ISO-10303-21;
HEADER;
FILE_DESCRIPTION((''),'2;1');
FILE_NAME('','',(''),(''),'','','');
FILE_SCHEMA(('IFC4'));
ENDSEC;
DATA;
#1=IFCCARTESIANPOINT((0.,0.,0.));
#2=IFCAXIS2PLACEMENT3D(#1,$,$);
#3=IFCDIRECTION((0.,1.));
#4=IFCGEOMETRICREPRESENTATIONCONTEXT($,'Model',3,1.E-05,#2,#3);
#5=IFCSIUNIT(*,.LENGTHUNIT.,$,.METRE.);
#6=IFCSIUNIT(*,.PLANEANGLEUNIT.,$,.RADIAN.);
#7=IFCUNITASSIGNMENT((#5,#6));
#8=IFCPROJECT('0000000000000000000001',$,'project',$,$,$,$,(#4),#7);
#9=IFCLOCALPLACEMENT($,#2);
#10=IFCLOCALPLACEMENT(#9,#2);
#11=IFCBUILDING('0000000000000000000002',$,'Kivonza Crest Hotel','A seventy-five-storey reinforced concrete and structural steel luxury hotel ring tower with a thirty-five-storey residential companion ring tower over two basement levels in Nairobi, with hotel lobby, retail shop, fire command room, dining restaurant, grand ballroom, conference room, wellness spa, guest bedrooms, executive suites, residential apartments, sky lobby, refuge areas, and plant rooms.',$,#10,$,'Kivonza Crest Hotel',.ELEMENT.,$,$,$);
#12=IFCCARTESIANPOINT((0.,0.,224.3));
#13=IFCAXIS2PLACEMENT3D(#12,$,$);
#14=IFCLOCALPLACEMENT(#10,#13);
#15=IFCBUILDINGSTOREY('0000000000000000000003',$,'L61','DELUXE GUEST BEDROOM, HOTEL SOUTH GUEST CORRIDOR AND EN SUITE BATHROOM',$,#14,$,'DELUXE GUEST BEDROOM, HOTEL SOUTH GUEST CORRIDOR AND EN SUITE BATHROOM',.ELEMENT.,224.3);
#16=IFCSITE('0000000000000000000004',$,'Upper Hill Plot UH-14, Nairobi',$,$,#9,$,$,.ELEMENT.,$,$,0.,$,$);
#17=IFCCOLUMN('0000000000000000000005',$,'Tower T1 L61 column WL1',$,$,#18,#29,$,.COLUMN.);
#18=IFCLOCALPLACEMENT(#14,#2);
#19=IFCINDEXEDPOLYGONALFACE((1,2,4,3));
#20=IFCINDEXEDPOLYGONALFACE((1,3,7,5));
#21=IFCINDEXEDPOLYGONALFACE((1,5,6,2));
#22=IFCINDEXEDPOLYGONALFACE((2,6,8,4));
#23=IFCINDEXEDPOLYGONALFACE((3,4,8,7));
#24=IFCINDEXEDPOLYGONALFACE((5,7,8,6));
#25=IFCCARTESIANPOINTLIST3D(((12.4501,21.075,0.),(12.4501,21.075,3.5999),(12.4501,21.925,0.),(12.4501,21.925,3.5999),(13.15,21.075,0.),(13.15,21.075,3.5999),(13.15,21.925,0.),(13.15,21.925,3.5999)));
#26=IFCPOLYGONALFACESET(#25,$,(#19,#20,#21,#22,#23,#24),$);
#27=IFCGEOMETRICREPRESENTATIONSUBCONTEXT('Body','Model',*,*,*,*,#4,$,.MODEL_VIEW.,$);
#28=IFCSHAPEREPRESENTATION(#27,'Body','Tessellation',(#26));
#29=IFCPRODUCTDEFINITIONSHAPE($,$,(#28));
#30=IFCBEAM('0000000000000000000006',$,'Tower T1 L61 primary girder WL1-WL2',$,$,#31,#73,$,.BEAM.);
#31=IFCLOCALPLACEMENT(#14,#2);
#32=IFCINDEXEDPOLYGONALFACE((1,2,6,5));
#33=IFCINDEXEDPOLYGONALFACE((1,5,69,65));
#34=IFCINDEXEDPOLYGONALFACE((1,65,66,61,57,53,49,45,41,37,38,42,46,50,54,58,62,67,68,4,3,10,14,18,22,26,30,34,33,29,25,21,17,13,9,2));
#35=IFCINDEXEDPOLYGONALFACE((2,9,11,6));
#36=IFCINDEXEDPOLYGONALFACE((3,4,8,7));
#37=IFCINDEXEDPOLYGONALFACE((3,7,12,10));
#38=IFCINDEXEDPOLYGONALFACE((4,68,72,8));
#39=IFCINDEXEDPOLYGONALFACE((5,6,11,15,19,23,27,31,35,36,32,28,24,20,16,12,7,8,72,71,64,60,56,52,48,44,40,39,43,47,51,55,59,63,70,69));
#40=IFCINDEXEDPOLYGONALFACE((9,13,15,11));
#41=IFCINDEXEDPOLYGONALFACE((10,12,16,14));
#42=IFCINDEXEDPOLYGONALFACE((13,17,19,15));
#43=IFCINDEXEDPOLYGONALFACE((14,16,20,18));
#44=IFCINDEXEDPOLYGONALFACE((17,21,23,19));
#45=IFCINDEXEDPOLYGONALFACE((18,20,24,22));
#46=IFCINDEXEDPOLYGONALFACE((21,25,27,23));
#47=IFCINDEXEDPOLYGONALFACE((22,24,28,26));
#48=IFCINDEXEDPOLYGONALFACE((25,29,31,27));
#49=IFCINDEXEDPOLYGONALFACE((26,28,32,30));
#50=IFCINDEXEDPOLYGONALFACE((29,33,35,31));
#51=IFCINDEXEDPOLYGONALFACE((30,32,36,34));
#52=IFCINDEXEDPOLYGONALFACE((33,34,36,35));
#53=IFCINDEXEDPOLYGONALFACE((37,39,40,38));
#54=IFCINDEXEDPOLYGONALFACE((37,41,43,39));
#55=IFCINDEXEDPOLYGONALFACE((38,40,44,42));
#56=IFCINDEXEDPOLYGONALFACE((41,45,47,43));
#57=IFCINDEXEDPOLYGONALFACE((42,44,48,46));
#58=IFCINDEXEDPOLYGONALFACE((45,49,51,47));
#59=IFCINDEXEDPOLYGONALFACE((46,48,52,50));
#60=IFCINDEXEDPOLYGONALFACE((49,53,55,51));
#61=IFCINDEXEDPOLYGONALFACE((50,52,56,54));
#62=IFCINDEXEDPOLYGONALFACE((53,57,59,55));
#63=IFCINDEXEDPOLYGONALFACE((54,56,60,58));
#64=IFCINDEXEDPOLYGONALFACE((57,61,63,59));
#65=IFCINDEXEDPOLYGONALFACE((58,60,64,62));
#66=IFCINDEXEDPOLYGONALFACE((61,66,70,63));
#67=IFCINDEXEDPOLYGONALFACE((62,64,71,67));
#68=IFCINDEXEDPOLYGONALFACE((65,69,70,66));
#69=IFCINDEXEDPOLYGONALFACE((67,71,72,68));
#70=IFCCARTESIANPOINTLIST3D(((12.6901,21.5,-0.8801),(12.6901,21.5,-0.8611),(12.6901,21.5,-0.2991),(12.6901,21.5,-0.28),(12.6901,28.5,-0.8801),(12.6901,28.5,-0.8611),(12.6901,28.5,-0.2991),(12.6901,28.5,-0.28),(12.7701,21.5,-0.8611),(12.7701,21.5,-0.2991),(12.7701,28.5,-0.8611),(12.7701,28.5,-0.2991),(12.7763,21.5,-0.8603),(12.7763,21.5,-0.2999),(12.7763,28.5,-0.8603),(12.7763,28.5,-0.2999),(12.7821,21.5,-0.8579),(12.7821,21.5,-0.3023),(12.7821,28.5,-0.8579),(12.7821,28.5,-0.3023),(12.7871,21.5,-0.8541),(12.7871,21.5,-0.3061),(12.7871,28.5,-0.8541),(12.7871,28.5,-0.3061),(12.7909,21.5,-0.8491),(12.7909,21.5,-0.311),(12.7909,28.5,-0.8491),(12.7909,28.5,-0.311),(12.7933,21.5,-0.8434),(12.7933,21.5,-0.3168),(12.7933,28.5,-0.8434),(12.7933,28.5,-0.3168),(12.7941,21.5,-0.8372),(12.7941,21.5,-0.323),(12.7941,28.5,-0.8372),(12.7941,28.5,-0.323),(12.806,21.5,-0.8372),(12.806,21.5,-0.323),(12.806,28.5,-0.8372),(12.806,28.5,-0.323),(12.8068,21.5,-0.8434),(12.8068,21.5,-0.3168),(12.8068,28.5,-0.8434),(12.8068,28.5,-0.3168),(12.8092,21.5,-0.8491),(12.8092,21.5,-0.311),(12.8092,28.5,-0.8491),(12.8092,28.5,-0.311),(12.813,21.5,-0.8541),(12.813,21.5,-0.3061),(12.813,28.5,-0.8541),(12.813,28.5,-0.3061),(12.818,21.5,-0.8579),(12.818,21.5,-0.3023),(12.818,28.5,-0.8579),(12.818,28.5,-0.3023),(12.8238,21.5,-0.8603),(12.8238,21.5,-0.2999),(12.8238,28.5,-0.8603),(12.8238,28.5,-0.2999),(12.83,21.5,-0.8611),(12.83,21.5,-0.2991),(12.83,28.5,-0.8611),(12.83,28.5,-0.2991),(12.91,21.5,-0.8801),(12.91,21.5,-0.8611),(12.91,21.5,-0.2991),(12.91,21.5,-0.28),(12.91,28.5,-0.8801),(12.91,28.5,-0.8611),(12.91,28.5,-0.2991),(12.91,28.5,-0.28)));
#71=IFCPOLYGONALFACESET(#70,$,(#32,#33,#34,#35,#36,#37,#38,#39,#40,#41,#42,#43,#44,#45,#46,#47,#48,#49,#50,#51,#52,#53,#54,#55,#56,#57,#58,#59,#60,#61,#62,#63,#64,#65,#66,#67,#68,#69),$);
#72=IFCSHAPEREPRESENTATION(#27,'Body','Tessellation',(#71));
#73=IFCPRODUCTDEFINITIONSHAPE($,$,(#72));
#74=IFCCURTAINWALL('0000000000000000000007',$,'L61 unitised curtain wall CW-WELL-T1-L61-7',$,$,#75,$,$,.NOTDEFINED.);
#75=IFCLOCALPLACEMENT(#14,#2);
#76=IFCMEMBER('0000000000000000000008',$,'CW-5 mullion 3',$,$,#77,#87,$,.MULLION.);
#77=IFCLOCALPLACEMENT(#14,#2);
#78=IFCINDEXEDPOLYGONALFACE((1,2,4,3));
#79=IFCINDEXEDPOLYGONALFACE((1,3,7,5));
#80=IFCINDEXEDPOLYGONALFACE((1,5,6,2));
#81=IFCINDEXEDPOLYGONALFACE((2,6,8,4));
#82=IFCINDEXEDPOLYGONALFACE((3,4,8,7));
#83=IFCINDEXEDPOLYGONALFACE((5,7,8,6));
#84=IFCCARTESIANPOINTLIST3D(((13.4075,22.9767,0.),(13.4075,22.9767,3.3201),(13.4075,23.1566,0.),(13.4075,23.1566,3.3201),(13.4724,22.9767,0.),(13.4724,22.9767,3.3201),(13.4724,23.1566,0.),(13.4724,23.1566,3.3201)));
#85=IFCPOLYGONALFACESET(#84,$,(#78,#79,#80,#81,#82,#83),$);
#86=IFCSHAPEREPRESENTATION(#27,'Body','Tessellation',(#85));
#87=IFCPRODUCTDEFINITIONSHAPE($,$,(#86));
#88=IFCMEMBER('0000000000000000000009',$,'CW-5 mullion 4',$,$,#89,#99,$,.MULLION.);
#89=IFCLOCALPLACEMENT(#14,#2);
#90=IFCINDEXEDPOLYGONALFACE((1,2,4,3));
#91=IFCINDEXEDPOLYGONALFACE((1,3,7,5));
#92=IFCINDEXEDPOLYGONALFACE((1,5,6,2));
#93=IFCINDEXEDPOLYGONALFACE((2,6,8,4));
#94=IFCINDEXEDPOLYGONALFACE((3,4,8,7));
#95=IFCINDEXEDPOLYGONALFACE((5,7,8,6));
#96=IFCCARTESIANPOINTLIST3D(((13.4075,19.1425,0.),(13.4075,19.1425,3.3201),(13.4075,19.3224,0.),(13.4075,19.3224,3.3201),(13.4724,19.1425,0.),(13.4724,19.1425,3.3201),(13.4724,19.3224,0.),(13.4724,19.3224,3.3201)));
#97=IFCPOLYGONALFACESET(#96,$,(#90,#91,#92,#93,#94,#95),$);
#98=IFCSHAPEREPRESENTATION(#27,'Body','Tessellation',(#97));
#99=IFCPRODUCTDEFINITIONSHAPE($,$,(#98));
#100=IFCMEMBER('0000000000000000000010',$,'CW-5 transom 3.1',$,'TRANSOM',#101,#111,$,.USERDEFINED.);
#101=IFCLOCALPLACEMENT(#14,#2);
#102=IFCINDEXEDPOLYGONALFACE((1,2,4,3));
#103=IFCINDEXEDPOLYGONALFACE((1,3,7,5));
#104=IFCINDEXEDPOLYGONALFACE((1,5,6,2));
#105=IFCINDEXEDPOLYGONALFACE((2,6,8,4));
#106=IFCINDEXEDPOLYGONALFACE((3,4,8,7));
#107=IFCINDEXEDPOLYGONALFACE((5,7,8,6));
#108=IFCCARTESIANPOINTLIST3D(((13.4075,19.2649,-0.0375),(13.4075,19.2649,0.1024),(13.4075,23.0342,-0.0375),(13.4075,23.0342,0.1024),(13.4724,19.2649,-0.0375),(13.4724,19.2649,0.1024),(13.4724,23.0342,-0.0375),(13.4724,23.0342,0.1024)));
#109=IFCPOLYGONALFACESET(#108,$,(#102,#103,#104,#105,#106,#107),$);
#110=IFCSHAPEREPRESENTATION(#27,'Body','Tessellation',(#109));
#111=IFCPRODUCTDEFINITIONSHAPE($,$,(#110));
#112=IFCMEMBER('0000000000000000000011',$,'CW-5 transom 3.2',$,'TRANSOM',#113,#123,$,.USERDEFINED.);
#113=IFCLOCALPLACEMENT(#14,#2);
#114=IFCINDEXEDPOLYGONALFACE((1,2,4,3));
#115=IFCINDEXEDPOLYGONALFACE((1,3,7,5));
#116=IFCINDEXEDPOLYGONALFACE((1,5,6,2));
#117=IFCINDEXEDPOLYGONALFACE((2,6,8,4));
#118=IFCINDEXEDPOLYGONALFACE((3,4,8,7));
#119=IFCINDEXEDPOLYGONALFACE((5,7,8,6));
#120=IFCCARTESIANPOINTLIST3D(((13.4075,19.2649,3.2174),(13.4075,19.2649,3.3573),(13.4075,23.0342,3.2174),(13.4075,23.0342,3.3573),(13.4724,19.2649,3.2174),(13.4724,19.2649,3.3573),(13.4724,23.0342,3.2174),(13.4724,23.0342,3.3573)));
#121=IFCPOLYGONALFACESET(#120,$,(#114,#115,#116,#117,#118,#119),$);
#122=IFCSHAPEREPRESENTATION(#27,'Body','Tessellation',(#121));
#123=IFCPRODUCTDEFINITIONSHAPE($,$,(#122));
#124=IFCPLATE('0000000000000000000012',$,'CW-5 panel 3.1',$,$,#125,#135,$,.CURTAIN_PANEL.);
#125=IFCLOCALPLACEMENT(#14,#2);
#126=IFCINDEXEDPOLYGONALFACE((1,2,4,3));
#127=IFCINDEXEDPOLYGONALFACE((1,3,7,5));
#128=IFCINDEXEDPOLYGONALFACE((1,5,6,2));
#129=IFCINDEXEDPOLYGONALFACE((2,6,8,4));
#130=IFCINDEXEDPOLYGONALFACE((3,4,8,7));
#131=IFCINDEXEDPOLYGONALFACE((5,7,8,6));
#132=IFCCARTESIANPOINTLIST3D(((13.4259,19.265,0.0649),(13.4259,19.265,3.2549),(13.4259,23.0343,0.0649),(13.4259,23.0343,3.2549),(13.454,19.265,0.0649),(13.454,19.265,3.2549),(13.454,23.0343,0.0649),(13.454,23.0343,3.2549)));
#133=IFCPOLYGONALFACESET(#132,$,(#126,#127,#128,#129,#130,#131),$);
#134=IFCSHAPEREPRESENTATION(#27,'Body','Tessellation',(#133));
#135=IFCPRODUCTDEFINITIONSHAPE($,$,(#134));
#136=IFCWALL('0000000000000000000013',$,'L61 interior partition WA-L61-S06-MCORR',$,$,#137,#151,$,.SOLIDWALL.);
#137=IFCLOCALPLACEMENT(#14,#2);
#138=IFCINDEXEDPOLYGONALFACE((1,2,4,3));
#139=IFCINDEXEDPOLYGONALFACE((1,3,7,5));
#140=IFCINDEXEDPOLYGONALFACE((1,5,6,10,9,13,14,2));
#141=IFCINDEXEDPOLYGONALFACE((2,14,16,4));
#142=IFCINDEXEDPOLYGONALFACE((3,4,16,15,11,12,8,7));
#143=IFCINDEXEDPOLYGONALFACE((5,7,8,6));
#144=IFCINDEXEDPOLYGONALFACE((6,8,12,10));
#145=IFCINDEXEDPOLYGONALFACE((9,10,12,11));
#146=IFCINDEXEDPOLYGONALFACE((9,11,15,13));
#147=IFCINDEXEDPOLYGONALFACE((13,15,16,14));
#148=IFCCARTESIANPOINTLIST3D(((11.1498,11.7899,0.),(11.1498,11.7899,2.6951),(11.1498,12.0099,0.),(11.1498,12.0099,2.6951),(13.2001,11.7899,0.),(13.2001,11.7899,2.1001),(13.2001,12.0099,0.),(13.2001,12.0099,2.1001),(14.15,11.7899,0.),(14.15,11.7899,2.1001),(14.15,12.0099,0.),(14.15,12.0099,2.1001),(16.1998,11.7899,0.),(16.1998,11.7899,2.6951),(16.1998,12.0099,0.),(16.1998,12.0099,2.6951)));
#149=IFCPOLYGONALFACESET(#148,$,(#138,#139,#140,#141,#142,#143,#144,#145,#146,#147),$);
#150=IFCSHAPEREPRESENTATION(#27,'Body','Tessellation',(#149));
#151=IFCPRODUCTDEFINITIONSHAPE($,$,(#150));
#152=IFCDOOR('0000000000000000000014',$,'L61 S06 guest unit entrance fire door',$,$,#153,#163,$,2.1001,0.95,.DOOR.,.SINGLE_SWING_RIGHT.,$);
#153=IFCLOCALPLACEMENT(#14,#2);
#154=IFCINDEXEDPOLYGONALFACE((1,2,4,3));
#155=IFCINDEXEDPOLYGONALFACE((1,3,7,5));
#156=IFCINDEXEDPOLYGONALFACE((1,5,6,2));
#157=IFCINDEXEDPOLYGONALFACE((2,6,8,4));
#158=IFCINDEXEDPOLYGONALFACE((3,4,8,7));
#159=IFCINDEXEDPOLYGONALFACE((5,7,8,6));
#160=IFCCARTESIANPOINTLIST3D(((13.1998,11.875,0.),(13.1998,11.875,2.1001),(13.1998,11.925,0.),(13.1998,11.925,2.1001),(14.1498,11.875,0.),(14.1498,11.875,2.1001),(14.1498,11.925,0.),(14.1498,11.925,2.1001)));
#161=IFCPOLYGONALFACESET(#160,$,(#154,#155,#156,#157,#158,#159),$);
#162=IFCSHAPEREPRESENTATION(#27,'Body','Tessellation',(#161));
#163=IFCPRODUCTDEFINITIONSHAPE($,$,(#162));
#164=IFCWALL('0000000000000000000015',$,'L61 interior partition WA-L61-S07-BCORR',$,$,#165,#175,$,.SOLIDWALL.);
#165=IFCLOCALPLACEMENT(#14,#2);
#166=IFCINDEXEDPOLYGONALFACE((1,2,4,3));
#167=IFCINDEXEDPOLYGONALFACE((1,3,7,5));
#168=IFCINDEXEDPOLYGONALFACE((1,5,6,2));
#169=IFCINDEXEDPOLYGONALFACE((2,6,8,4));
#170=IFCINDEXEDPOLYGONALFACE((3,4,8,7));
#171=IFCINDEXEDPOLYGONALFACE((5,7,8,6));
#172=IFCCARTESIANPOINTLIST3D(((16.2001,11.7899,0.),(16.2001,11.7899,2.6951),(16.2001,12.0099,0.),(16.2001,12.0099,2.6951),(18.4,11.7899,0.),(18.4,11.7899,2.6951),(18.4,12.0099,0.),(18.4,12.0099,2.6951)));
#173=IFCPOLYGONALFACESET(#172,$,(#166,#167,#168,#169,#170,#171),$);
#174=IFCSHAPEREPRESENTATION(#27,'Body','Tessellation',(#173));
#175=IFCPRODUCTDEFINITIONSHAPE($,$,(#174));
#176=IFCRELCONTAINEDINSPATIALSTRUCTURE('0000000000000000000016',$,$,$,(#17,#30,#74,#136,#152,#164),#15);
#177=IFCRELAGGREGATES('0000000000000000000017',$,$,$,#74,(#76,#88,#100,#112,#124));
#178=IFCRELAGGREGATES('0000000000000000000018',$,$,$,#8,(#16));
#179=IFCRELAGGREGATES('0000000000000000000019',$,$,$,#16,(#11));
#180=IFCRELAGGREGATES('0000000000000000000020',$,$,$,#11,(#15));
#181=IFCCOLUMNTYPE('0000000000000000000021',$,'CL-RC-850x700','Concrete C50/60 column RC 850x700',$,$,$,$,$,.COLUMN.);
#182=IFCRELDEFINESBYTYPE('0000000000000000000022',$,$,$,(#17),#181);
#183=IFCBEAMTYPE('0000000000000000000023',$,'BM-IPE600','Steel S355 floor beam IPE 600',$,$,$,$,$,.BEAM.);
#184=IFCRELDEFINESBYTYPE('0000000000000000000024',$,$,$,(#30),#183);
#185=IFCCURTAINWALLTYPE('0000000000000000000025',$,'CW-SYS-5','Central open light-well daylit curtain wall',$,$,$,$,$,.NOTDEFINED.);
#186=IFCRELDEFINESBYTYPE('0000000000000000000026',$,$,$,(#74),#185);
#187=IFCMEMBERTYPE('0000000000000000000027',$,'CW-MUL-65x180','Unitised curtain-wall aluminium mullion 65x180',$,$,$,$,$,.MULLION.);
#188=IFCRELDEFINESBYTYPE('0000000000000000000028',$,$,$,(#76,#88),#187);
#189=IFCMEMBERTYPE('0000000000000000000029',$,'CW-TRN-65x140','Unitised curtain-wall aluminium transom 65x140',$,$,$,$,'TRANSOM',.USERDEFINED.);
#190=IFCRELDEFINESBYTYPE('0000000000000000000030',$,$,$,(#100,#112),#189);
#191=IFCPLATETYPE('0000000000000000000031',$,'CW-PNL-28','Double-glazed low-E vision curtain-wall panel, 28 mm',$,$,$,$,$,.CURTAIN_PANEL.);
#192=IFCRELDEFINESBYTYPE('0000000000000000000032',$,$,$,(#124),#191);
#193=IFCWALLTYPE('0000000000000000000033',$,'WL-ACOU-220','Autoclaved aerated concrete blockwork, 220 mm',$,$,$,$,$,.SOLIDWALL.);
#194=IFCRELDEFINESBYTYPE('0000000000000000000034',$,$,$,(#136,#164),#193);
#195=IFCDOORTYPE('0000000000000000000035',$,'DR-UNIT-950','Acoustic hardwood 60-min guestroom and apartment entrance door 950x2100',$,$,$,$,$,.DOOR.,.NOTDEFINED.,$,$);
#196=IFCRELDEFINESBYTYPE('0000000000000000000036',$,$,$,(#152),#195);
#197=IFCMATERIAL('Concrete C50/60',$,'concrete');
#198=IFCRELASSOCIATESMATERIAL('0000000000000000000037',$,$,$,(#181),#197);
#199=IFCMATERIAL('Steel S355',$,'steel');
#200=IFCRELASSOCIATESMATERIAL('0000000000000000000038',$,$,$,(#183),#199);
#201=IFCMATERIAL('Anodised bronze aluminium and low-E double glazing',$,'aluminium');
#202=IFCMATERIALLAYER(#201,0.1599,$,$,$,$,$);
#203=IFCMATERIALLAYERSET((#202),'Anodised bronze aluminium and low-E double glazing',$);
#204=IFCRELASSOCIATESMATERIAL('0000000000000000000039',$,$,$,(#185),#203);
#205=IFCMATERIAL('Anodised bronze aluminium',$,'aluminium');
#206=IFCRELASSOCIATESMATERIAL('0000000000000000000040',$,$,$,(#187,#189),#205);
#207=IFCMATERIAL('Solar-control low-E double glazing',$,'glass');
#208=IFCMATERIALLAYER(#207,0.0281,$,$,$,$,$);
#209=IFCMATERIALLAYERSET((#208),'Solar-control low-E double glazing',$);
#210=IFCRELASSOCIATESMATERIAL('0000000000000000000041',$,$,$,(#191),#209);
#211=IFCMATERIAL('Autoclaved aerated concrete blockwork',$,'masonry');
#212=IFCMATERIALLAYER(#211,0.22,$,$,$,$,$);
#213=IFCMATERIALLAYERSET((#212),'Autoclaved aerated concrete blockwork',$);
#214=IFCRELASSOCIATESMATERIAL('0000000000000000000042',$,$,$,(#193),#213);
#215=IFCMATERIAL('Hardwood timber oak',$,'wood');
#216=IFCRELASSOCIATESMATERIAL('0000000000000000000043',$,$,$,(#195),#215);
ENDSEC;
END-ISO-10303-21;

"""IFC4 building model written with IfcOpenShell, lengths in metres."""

from ifc_helpers import new_model, si_unit, direction, frame, frame_2d, origin, origin_2d, place, context, subcontext, project, spatial, rectangle, i_section, extrude, material, layer, layer_set, material_profile, profile_set, type_object, element, fill, aggregate, save


model = new_model("IFC4")

# Units and contexts
model_context = context("Model", 3, precision=1e-05, world=origin(), true_north=direction((0.0, 1.0)))
body_context = subcontext(model_context, "Body", "Model", "MODEL_VIEW")
ifc_project = project(units=[si_unit("LENGTHUNIT", "METRE"), si_unit("PLANEANGLEUNIT", "RADIAN")], contexts=[model_context])

# Site, building, storey
site_placement = place(None, origin())
site = spatial("IfcSite", under=ifc_project, at=site_placement, Name="Upper Hill Plot UH-14, Nairobi", CompositionType="ELEMENT", RefElevation=0.0)
building_placement = place(site_placement, origin())
building = spatial("IfcBuilding", under=site, at=building_placement, Name="Kivonza Crest Hotel", Description="A seventy-five-storey reinforced concrete and structural steel luxury hotel ring tower with a thirty-five-storey residential companion ring tower over two basement levels in Nairobi, with hotel lobby, retail shop, fire command room, dining restaurant, grand ballroom, conference room, wellness spa, guest bedrooms, executive suites, residential apartments, sky lobby, refuge areas, and plant rooms.", LongName="Kivonza Crest Hotel", CompositionType="ELEMENT")
storey_placement = place(building_placement, frame((0.0, 0.0, 224.3)))
storey = spatial("IfcBuildingStorey", under=building, at=storey_placement, Name="L61", Description="DELUXE GUEST BEDROOM, HOTEL SOUTH GUEST CORRIDOR AND EN SUITE BATHROOM", LongName="DELUXE GUEST BEDROOM, HOTEL SOUTH GUEST CORRIDOR AND EN SUITE BATHROOM", CompositionType="ELEMENT", Elevation=224.3)

# Column
ifc_material_1 = material(Name="Concrete C50/60", Category="concrete")
ifc_material_profile_1 = material_profile(ifc_material_1, rectangle(XDim=0.7, YDim=0.8501, at=origin_2d()), Name="RC 850x700")
ifc_profile_set_1 = profile_set([ifc_material_profile_1], Name="Concrete C50/60")
column_type = type_object("IfcColumnType", Name="CL-RC-850x700", Description="Concrete C50/60 column RC 850x700", PredefinedType="COLUMN", material=ifc_profile_set_1)
column_placement = place(storey_placement, frame((12.8, 21.5, 0.0), z_axis=(0.0, 0.0, 1.0), x_axis=(1.0, 0.0, 0.0)))
element("IfcColumn", 1, at=column_placement, inside=storey, type_object=column_type, Name="Tower T1 L61 column WL1", PredefinedType="COLUMN", context=body_context, shape_type="SweptSolid", body=[
    extrude(rectangle(XDim=0.7, YDim=0.8501, at=origin_2d()), origin(), (0.0, 0.0, 1.0), 3.5999),
])

# Beam
ifc_material_2 = material(Name="Steel S355", Category="steel")
ifc_material_profile_2 = material_profile(ifc_material_2, i_section(OverallWidth=0.22, OverallDepth=0.6001, WebThickness=0.012, FlangeThickness=0.019, FilletRadius=0.0239, at=origin_2d()), Name="IPE 600")
ifc_profile_set_2 = profile_set([ifc_material_profile_2], Name="Steel S355")
beam_type = type_object("IfcBeamType", Name="BM-IPE600", Description="Steel S355 floor beam IPE 600", PredefinedType="BEAM", material=ifc_profile_set_2)
beam_placement = place(storey_placement, frame((12.8, 21.5, -0.5801), z_axis=(0.0, 1.0, 0.0), x_axis=(-1.0, 0.0, 0.0)))
element("IfcBeam", 2, at=beam_placement, inside=storey, type_object=beam_type, Name="Tower T1 L61 primary girder WL1-WL2", PredefinedType="BEAM", context=body_context, shape_type="SweptSolid", body=[
    extrude(i_section(OverallWidth=0.22, OverallDepth=0.6001, WebThickness=0.012, FlangeThickness=0.019, FilletRadius=0.0239, at=origin_2d()), origin(), (0.0, 0.0, 1.0), 7.0),
])

# Curtain wall, members, plate
ifc_material_3 = material(Name="Anodised bronze aluminium and low-E double glazing", Category="aluminium")
ifc_layer_1 = layer(ifc_material_3, 0.1599)
ifc_layer_set_1 = layer_set([ifc_layer_1], Name="Anodised bronze aluminium and low-E double glazing")
curtain_wall_type = type_object("IfcCurtainWallType", Name="CW-SYS-5", Description="Central open light-well daylit curtain wall", PredefinedType="NOTDEFINED", material=ifc_layer_set_1)
curtain_wall_placement = place(storey_placement, origin())
curtain_wall = element("IfcCurtainWall", 3, at=curtain_wall_placement, inside=storey, type_object=curtain_wall_type, Name="L61 unitised curtain wall CW-WELL-T1-L61-7", PredefinedType="NOTDEFINED")
ifc_material_4 = material(Name="Anodised bronze aluminium", Category="aluminium")
ifc_material_profile_3 = material_profile(ifc_material_4, rectangle(XDim=0.0649, YDim=0.1799, at=origin_2d()), Name="CW-M 65x180")
ifc_profile_set_3 = profile_set([ifc_material_profile_3], Name="Anodised bronze aluminium")
member_type_1 = type_object("IfcMemberType", Name="CW-MUL-65x180", Description="Unitised curtain-wall aluminium mullion 65x180", PredefinedType="MULLION", material=ifc_profile_set_3)
member_1_placement = place(storey_placement, frame((13.4399, 23.0667, 0.0), z_axis=(0.0, 0.0, 1.0), x_axis=(1.0, 0.0, 0.0)))
member_1 = element("IfcMember", 4, at=member_1_placement, type_object=member_type_1, Name="CW-5 mullion 3", PredefinedType="MULLION", context=body_context, shape_type="SweptSolid", body=[
    extrude(rectangle(XDim=0.0649, YDim=0.1799, at=origin_2d()), origin(), (0.0, 0.0, 1.0), 3.3201),
])
member_2_placement = place(storey_placement, frame((13.4399, 19.2324, 0.0), z_axis=(0.0, 0.0, 1.0), x_axis=(1.0, 0.0, 0.0)))
member_2 = element("IfcMember", 5, at=member_2_placement, type_object=member_type_1, Name="CW-5 mullion 4", PredefinedType="MULLION", context=body_context, shape_type="SweptSolid", body=[
    extrude(rectangle(XDim=0.0649, YDim=0.1799, at=origin_2d()), origin(), (0.0, 0.0, 1.0), 3.3201),
])
ifc_material_profile_4 = material_profile(ifc_material_4, rectangle(XDim=0.0649, YDim=0.1399, at=origin_2d()), Name="CW-T 65x140")
ifc_profile_set_4 = profile_set([ifc_material_profile_4], Name="Anodised bronze aluminium")
member_type_2 = type_object("IfcMemberType", Name="CW-TRN-65x140", Description="Unitised curtain-wall aluminium transom 65x140", ElementType="TRANSOM", PredefinedType="USERDEFINED", material=ifc_profile_set_4)
member_3_placement = place(storey_placement, frame((13.4399, 23.0342, 0.0325), z_axis=(0.0, -1.0, 0.0), x_axis=(1.0, 0.0, 0.0)))
member_3 = element("IfcMember", 6, at=member_3_placement, type_object=member_type_2, Name="CW-5 transom 3.1", ObjectType="TRANSOM", PredefinedType="USERDEFINED", context=body_context, shape_type="SweptSolid", body=[
    extrude(rectangle(XDim=0.0649, YDim=0.1399, at=origin_2d()), origin(), (0.0, 0.0, 1.0), 3.7693),
])
member_4_placement = place(storey_placement, frame((13.4399, 23.0342, 3.2874), z_axis=(0.0, -1.0, 0.0), x_axis=(1.0, 0.0, 0.0)))
member_4 = element("IfcMember", 7, at=member_4_placement, type_object=member_type_2, Name="CW-5 transom 3.2", ObjectType="TRANSOM", PredefinedType="USERDEFINED", context=body_context, shape_type="SweptSolid", body=[
    extrude(rectangle(XDim=0.0649, YDim=0.1399, at=origin_2d()), origin(), (0.0, 0.0, 1.0), 3.7693),
])
ifc_material_5 = material(Name="Solar-control low-E double glazing", Category="glass")
ifc_layer_2 = layer(ifc_material_5, 0.0281)
ifc_layer_set_2 = layer_set([ifc_layer_2], Name="Solar-control low-E double glazing")
plate_type = type_object("IfcPlateType", Name="CW-PNL-28", Description="Double-glazed low-E vision curtain-wall panel, 28 mm", PredefinedType="CURTAIN_PANEL", material=ifc_layer_set_2)
plate_placement = place(storey_placement, frame((13.4399, 21.1497, 0.0649), z_axis=(0.0, 0.0, 1.0), x_axis=(0.0, -1.0, 0.0)))
plate = element("IfcPlate", 8, at=plate_placement, type_object=plate_type, Name="CW-5 panel 3.1", PredefinedType="CURTAIN_PANEL", context=body_context, shape_type="SweptSolid", body=[
    extrude(rectangle(XDim=3.7693, YDim=0.0281, at=origin_2d()), origin(), (0.0, 0.0, 1.0), 3.1899),
])
aggregate(curtain_wall, [member_1, member_2, member_3, member_4, plate])

# Wall, opening, door
ifc_material_6 = material(Name="Autoclaved aerated concrete blockwork", Category="masonry")
ifc_layer_3 = layer(ifc_material_6, 0.22)
ifc_layer_set_3 = layer_set([ifc_layer_3], Name="Autoclaved aerated concrete blockwork")
wall_type_1 = type_object("IfcWallType", Name="WL-ACOU-220", Description="Autoclaved aerated concrete blockwork, 220 mm", PredefinedType="SOLIDWALL", material=ifc_layer_set_3)
wall_1_placement = place(storey_placement, frame((11.1499, 11.8999, 0.0), z_axis=(0.0, 0.0, 1.0), x_axis=(1.0, 0.0, 0.0)))
wall_1 = element("IfcWall", 9, at=wall_1_placement, inside=storey, type_object=wall_type_1, Name="L61 interior partition WA-L61-S06-MCORR", PredefinedType="SOLIDWALL", context=body_context, shape_type="SweptSolid", body=[
    extrude(rectangle(XDim=5.05, YDim=0.22, at=frame_2d((2.5249, 0.0))), origin(), (0.0, 0.0, 1.0), 2.6951),
])
opening_1_placement = place(wall_1_placement, frame((2.05, 0.0, 0.0)))
opening_1 = element("IfcOpeningElement", 10, at=opening_1_placement, cuts=wall_1, PredefinedType="OPENING", context=body_context, shape_type="SweptSolid", body=[
    extrude(rectangle(XDim=0.95, YDim=2.1001, at=frame_2d((0.4751, 1.05))), frame((0.0, 0.1201, 0.0), z_axis=(0.0, -1.0, 0.0), x_axis=(1.0, 0.0, 0.0)), (0.0, 0.0, 1.0), 0.24),
])
ifc_material_7 = material(Name="Hardwood timber oak", Category="wood")
door_type_1 = type_object("IfcDoorType", Name="DR-UNIT-950", Description="Acoustic hardwood 60-min guestroom and apartment entrance door 950x2100", OperationType="NOTDEFINED", PredefinedType="DOOR", material=ifc_material_7)
door_1_placement = place(opening_1_placement, frame((0.95, 0.0, 0.0), z_axis=(0.0, 0.0, 1.0), x_axis=(-1.0, 0.0, 0.0)))
door_1 = element("IfcDoor", 11, at=door_1_placement, inside=storey, type_object=door_type_1, Name="L61 S06 guest unit entrance fire door", OperationType="SINGLE_SWING_RIGHT", OverallHeight=2.1001, OverallWidth=0.95, PredefinedType="DOOR", context=body_context, shape_type="SweptSolid", body=[
    extrude(rectangle(XDim=0.95, YDim=2.1001, at=frame_2d((0.4751, 1.05))), frame((0.0, 0.0249, 0.0), z_axis=(0.0, -1.0, 0.0), x_axis=(1.0, 0.0, 0.0)), (0.0, 0.0, 1.0), 0.05),
])
fill(opening_1, door_1)

# Wall
wall_2_placement = place(storey_placement, frame((16.2, 11.8999, 0.0), z_axis=(0.0, 0.0, 1.0), x_axis=(1.0, 0.0, 0.0)))
element("IfcWall", 12, at=wall_2_placement, inside=storey, type_object=wall_type_1, Name="L61 interior partition WA-L61-S07-BCORR", PredefinedType="SOLIDWALL", context=body_context, shape_type="SweptSolid", body=[
    extrude(rectangle(XDim=2.2, YDim=0.22, at=frame_2d((1.1001, 0.0))), origin(), (0.0, 0.0, 1.0), 2.6951),
])

save(model, "model.ifc")
